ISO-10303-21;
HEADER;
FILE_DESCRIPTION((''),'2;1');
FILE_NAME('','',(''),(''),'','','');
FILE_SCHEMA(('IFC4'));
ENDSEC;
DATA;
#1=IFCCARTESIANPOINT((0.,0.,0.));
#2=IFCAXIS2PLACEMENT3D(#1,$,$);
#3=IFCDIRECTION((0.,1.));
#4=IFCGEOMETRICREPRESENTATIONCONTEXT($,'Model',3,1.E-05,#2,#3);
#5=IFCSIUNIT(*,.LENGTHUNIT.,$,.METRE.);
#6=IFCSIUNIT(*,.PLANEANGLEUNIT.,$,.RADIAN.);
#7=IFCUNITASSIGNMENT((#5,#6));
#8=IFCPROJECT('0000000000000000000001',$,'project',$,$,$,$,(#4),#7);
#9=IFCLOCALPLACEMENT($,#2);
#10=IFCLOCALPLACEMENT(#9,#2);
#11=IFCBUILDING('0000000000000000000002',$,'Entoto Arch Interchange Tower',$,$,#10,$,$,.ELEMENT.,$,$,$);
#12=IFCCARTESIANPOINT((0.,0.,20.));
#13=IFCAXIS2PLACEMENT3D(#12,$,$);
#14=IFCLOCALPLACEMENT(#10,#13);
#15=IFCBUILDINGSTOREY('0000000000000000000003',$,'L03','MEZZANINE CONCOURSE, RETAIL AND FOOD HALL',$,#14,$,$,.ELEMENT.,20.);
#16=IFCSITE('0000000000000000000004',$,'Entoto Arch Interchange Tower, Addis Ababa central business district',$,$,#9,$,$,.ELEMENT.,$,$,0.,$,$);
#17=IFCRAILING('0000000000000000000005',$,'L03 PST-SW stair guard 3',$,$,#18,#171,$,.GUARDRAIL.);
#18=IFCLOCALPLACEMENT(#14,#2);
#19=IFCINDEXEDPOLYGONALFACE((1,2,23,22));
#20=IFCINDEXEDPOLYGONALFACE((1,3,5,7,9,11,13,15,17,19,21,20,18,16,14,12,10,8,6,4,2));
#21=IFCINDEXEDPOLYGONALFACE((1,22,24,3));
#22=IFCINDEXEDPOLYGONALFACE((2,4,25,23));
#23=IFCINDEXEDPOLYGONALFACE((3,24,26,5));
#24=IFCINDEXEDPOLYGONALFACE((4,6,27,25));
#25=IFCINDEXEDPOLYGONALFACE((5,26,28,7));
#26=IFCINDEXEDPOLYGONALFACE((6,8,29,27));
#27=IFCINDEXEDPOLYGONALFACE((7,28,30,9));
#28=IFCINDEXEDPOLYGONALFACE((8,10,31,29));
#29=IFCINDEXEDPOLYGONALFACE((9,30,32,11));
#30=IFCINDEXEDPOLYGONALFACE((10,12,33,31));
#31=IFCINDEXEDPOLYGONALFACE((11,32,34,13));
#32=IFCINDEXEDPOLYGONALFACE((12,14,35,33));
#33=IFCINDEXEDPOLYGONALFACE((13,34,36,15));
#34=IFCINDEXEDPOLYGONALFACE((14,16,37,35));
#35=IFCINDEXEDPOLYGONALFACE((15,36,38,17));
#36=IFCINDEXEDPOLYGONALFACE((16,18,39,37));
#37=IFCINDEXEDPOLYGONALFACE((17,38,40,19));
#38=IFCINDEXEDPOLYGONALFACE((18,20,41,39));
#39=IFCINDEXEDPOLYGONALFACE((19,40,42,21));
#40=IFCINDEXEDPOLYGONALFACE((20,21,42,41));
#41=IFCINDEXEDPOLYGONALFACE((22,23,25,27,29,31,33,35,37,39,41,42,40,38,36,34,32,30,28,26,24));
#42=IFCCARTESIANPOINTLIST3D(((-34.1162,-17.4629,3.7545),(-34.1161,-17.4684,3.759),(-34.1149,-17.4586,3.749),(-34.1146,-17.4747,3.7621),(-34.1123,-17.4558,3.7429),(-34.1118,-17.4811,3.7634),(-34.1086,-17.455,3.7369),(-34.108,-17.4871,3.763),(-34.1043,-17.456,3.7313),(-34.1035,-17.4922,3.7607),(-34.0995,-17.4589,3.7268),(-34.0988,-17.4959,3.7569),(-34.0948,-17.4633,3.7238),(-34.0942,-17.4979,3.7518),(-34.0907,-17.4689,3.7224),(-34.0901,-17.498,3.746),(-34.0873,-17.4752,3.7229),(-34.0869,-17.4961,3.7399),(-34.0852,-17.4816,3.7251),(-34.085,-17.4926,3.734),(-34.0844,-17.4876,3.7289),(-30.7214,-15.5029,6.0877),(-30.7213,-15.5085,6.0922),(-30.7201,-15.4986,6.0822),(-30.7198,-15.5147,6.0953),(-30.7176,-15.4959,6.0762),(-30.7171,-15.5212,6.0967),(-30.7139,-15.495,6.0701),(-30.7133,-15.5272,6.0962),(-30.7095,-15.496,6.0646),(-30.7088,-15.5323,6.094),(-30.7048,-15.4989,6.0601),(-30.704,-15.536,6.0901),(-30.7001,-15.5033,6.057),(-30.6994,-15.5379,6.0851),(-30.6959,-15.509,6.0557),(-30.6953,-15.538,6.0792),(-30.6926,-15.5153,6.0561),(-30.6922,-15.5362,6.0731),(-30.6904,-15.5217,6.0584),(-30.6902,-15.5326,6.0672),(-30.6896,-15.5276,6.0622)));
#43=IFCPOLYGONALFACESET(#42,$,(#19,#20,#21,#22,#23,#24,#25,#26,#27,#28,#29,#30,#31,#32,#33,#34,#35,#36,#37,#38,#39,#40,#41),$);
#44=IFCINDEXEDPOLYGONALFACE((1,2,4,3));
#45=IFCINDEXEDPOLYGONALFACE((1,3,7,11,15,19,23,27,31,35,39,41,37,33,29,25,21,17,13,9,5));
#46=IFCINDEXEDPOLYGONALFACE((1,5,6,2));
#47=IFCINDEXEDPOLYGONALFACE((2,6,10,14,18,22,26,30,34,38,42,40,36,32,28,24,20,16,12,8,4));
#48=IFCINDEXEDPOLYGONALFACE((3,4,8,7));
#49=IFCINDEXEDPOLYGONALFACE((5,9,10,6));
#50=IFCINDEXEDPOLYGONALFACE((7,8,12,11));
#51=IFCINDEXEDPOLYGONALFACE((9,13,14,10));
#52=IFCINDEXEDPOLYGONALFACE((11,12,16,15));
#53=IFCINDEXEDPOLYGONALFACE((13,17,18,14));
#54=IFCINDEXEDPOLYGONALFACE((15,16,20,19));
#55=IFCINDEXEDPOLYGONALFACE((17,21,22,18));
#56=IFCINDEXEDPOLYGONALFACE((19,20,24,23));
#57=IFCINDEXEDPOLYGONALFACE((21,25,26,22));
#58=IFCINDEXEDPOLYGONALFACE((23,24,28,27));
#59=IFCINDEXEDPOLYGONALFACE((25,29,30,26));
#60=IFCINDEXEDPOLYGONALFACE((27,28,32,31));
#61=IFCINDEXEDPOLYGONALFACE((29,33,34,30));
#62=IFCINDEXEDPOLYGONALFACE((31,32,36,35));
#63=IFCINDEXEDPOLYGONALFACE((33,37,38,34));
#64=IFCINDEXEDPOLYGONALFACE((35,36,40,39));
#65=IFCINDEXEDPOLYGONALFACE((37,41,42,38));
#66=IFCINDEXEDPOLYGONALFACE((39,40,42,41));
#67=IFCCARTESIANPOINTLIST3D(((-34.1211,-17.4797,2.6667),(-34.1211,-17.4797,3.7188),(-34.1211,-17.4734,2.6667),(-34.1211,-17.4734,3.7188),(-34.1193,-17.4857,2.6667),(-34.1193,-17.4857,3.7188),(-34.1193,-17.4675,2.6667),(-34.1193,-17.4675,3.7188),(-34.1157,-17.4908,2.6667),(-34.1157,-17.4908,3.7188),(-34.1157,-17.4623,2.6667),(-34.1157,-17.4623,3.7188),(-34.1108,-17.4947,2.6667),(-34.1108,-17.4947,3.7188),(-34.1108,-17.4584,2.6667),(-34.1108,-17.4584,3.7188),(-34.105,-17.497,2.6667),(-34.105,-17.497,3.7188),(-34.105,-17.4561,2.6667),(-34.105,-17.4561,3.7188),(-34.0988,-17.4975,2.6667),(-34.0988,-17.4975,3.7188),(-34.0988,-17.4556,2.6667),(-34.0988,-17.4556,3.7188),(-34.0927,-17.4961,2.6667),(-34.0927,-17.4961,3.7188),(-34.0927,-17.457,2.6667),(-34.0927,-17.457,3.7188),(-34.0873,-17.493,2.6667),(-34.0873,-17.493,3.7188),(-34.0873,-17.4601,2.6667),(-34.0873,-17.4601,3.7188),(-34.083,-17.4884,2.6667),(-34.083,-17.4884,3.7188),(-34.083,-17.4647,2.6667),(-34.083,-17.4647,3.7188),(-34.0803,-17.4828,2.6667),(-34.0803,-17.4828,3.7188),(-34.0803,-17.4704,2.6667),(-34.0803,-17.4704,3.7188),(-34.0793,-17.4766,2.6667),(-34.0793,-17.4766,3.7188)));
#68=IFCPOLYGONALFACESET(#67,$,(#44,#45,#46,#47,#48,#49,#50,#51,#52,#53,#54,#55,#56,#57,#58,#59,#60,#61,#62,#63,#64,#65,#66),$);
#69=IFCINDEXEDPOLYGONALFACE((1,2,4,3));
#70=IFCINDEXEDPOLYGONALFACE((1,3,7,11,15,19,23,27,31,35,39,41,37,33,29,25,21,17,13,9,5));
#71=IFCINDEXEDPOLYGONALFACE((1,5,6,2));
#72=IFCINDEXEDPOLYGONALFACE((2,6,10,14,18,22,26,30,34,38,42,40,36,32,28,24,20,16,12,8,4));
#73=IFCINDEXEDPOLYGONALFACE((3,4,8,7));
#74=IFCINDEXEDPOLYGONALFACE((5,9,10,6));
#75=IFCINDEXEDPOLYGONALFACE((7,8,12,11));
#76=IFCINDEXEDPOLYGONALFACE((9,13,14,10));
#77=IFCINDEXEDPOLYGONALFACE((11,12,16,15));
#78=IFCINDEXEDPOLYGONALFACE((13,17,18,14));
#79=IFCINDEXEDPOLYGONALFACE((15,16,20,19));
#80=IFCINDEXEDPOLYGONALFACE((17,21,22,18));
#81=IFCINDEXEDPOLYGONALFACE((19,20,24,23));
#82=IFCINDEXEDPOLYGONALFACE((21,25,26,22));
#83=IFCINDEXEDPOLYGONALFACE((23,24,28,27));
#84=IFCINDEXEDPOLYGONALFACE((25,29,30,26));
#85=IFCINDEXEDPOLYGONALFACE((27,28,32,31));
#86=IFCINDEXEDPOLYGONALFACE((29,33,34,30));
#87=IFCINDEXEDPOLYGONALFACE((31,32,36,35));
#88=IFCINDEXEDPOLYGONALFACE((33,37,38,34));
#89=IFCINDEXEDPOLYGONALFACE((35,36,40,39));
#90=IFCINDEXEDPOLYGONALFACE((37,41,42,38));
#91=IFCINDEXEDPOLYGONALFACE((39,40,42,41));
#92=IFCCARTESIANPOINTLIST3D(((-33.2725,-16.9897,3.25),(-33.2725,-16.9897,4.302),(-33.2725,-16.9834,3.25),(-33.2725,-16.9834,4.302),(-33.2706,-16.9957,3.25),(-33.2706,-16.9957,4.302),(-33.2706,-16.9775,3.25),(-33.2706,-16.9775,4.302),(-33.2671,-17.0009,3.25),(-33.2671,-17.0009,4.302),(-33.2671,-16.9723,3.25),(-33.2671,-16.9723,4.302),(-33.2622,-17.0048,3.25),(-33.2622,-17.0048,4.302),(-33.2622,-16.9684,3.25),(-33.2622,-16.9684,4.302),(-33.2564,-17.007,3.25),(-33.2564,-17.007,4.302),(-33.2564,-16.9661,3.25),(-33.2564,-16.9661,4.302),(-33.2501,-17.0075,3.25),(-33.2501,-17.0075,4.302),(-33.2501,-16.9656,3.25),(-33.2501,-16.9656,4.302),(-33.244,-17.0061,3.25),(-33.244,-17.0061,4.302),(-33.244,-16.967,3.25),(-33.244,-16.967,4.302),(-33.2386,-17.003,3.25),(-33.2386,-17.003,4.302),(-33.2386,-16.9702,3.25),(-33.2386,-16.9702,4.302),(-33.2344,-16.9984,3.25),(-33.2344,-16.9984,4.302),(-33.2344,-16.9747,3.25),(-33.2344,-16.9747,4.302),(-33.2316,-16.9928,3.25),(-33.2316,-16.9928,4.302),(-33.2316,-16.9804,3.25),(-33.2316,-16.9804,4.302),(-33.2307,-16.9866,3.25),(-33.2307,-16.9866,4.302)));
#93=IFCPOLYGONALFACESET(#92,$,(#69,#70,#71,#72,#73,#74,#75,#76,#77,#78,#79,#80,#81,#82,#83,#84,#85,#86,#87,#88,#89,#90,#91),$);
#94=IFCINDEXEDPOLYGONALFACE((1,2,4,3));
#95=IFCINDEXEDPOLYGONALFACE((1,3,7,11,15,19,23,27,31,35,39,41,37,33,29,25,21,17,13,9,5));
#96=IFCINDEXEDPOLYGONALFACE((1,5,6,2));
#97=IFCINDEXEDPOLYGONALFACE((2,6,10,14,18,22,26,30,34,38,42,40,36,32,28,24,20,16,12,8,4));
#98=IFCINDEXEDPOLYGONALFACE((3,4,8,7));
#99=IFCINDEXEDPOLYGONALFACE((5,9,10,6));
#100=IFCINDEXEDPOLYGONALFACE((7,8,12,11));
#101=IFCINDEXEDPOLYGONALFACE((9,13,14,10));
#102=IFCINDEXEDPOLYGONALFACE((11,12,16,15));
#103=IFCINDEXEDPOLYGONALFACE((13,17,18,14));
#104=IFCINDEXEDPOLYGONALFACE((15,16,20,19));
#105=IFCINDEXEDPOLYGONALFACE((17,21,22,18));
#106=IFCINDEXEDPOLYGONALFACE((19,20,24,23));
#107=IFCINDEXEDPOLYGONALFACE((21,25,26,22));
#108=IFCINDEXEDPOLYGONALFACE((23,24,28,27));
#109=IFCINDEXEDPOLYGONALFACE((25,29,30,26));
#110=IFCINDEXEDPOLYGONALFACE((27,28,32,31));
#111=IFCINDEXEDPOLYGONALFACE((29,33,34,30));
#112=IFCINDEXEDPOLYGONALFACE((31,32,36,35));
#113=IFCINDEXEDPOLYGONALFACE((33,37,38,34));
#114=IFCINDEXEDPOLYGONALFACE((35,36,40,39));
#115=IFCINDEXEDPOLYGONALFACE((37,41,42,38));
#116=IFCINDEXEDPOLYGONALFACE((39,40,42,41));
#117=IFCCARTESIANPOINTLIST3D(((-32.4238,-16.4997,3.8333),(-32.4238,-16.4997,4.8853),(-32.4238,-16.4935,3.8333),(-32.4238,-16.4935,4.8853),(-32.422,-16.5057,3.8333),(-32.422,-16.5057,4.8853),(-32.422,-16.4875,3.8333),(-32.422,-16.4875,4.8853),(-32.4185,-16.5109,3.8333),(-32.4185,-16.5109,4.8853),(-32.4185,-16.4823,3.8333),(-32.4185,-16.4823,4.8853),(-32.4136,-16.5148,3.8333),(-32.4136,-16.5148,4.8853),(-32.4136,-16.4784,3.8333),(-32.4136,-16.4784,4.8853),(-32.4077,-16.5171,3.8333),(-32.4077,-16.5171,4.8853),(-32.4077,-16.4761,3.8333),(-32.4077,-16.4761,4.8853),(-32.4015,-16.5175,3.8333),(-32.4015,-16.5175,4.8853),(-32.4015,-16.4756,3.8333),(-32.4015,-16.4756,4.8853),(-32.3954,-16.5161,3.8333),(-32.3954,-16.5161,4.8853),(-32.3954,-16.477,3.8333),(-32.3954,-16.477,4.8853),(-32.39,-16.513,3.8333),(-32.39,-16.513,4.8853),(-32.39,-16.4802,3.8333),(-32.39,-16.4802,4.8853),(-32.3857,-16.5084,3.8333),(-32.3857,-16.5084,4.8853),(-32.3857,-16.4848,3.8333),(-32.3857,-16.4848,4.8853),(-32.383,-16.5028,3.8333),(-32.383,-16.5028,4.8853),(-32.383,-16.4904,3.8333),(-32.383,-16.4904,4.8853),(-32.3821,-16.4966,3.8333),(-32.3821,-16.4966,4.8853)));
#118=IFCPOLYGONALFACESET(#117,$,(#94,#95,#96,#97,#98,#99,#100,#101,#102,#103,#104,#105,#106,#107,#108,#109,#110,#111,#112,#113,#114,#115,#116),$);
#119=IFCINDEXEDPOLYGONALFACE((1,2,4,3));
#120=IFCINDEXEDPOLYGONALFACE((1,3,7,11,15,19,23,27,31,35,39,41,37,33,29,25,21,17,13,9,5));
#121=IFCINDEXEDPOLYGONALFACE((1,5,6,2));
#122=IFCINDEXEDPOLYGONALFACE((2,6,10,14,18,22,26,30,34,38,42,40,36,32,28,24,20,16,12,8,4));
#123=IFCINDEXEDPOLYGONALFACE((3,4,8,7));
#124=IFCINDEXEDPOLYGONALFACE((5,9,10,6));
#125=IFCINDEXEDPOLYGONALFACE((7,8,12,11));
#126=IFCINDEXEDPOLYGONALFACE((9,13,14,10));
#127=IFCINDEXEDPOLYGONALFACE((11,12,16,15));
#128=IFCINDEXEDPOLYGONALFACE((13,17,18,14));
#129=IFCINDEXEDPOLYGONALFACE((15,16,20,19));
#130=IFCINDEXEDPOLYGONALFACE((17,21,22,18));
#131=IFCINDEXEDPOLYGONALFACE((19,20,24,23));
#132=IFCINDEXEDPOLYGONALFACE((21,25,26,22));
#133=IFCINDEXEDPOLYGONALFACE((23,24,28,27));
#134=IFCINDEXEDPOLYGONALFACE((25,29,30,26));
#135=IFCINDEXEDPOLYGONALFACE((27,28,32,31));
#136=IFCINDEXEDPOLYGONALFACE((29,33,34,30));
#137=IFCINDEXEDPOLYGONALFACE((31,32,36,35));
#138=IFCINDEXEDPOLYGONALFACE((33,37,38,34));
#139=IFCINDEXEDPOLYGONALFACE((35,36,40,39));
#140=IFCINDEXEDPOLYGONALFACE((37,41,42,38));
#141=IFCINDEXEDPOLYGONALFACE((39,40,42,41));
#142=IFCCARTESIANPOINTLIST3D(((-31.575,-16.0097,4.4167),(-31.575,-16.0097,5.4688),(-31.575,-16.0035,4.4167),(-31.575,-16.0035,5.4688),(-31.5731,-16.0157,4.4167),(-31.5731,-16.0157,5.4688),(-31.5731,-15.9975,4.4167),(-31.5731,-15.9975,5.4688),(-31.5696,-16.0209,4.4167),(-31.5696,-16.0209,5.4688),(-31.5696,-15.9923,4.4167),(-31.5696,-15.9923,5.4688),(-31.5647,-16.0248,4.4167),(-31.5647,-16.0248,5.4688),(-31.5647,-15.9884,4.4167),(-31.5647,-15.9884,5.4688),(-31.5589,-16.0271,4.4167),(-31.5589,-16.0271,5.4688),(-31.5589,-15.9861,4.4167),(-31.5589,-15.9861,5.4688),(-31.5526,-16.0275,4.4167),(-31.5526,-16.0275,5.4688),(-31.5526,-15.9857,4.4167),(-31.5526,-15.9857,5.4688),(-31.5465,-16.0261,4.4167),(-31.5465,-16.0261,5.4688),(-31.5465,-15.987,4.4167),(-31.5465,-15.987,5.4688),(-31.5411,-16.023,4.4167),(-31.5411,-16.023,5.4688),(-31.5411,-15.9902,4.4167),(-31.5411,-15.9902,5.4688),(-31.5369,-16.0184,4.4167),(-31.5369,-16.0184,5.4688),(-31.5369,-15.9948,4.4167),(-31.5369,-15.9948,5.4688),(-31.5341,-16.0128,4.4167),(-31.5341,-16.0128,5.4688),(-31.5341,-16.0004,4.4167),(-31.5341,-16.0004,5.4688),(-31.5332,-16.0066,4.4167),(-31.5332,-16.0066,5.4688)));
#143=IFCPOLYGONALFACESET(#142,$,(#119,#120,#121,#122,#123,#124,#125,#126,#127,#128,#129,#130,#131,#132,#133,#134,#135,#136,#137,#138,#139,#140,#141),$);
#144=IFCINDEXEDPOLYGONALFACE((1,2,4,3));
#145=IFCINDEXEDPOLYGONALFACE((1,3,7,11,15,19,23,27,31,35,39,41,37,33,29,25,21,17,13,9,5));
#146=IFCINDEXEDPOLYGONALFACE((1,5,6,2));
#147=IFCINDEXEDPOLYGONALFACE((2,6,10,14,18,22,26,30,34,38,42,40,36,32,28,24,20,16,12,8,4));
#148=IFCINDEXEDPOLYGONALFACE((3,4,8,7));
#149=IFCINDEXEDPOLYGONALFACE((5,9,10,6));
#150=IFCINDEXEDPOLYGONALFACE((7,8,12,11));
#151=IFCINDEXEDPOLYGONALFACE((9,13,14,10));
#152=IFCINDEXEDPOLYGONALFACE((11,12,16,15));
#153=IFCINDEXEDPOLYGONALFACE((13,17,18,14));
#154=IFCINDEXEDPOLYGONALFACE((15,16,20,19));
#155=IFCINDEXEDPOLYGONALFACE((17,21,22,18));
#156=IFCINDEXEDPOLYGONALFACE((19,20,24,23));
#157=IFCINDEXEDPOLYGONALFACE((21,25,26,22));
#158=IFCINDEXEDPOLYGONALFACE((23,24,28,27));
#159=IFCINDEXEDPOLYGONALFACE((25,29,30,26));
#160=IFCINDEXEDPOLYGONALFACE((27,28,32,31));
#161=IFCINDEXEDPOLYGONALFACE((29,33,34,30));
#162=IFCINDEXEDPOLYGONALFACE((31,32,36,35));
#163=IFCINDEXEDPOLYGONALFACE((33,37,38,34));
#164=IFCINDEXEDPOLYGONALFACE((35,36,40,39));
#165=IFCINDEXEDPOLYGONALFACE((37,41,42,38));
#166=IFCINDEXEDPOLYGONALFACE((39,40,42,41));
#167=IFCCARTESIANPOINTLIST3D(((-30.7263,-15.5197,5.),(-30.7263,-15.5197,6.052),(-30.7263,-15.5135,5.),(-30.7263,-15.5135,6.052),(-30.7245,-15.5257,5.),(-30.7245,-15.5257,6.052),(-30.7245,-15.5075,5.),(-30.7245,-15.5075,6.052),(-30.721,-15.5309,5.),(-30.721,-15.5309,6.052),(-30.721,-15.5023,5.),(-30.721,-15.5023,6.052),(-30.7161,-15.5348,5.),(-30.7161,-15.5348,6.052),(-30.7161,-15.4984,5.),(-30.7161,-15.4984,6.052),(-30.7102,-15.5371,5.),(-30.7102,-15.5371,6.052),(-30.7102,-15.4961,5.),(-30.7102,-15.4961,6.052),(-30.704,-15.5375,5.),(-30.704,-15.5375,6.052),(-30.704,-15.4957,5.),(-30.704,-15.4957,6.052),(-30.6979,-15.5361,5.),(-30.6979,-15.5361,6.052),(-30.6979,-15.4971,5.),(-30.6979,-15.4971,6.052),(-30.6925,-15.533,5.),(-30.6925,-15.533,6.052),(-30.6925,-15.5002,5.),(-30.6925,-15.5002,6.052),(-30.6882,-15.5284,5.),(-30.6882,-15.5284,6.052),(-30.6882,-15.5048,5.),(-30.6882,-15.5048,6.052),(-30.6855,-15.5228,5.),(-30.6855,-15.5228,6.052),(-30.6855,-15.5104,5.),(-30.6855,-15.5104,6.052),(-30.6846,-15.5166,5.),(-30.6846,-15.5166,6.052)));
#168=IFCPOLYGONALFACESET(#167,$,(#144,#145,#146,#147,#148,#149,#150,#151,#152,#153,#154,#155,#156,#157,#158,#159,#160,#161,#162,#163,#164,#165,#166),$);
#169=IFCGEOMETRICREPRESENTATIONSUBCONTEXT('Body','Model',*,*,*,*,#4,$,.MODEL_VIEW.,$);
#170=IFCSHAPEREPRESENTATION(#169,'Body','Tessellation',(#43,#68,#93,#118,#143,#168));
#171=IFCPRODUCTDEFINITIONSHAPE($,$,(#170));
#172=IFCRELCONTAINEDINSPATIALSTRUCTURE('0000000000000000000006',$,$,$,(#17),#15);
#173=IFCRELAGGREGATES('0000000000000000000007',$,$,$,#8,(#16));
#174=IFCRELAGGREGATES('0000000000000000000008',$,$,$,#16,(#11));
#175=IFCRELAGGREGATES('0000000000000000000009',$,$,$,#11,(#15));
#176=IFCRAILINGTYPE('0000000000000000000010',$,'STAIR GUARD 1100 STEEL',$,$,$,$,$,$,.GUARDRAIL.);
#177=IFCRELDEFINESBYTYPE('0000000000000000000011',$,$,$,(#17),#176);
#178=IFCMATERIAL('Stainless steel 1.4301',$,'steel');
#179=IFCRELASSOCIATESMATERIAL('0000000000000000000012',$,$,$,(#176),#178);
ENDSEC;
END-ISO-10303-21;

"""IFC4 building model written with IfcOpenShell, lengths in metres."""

from ifc_helpers import new_model, si_unit, direction, frame, origin, origin_2d, place, context, subcontext, project, spatial, circle, extrude, material, type_object, element, save


model = new_model("IFC4")

# Units and contexts
model_context = context("Model", 3, precision=1e-05, world=origin(), true_north=direction((0.0, 1.0)))
body_context = subcontext(model_context, "Body", "Model", "MODEL_VIEW")
ifc_project = project(units=[si_unit("LENGTHUNIT", "METRE"), si_unit("PLANEANGLEUNIT", "RADIAN")], contexts=[model_context])

# Site, building, storey
site_placement = place(None, origin())
site = spatial("IfcSite", under=ifc_project, at=site_placement, Name="Entoto Arch Interchange Tower, Addis Ababa central business district", CompositionType="ELEMENT", RefElevation=0.0)
building_placement = place(site_placement, origin())
building = spatial("IfcBuilding", under=site, at=building_placement, Name="Entoto Arch Interchange Tower", CompositionType="ELEMENT")
storey_placement = place(building_placement, frame((0.0, 0.0, 20.0)))
storey = spatial("IfcBuildingStorey", under=building, at=storey_placement, Name="L03", Description="MEZZANINE CONCOURSE, RETAIL AND FOOD HALL", CompositionType="ELEMENT", Elevation=20.0)

# Railing
ifc_material_1 = material(Name="Stainless steel 1.4301", Category="steel")
railing_type = type_object("IfcRailingType", Name="STAIR GUARD 1100 STEEL", PredefinedType="GUARDRAIL", material=ifc_material_1)
railing_1_placement = place(storey_placement, frame((-34.1003, -17.4766, 2.6667)))
element("IfcRailing", 1, at=railing_1_placement, inside=storey, type_object=railing_type, Name="L03 PST-SW stair guard 3", PredefinedType="GUARDRAIL", context=body_context, shape_type="SweptSolid", body=[
    extrude(circle(Radius=0.0239, at=origin_2d()), frame((0.0, 0.0, 1.0762), z_axis=(0.744175, 0.429646, 0.511476), x_axis=(-0.499997, 0.866027, 0.0)), (0.0, 0.0, 1.0), 4.5618),
    extrude(circle(Radius=0.021, at=origin_2d()), origin(), (0.0, 0.0, 1.0), 1.052),
    extrude(circle(Radius=0.021, at=origin_2d()), frame((0.8486, 0.49, 0.5833)), (0.0, 0.0, 1.0), 1.052),
    extrude(circle(Radius=0.021, at=origin_2d()), frame((1.6973, 0.98, 1.1665)), (0.0, 0.0, 1.0), 1.052),
    extrude(circle(Radius=0.021, at=origin_2d()), frame((2.5461, 1.47, 1.75)), (0.0, 0.0, 1.0), 1.052),
    extrude(circle(Radius=0.021, at=origin_2d()), frame((3.3948, 1.96, 2.3333)), (0.0, 0.0, 1.0), 1.052),
])

save(model, "model.ifc")
